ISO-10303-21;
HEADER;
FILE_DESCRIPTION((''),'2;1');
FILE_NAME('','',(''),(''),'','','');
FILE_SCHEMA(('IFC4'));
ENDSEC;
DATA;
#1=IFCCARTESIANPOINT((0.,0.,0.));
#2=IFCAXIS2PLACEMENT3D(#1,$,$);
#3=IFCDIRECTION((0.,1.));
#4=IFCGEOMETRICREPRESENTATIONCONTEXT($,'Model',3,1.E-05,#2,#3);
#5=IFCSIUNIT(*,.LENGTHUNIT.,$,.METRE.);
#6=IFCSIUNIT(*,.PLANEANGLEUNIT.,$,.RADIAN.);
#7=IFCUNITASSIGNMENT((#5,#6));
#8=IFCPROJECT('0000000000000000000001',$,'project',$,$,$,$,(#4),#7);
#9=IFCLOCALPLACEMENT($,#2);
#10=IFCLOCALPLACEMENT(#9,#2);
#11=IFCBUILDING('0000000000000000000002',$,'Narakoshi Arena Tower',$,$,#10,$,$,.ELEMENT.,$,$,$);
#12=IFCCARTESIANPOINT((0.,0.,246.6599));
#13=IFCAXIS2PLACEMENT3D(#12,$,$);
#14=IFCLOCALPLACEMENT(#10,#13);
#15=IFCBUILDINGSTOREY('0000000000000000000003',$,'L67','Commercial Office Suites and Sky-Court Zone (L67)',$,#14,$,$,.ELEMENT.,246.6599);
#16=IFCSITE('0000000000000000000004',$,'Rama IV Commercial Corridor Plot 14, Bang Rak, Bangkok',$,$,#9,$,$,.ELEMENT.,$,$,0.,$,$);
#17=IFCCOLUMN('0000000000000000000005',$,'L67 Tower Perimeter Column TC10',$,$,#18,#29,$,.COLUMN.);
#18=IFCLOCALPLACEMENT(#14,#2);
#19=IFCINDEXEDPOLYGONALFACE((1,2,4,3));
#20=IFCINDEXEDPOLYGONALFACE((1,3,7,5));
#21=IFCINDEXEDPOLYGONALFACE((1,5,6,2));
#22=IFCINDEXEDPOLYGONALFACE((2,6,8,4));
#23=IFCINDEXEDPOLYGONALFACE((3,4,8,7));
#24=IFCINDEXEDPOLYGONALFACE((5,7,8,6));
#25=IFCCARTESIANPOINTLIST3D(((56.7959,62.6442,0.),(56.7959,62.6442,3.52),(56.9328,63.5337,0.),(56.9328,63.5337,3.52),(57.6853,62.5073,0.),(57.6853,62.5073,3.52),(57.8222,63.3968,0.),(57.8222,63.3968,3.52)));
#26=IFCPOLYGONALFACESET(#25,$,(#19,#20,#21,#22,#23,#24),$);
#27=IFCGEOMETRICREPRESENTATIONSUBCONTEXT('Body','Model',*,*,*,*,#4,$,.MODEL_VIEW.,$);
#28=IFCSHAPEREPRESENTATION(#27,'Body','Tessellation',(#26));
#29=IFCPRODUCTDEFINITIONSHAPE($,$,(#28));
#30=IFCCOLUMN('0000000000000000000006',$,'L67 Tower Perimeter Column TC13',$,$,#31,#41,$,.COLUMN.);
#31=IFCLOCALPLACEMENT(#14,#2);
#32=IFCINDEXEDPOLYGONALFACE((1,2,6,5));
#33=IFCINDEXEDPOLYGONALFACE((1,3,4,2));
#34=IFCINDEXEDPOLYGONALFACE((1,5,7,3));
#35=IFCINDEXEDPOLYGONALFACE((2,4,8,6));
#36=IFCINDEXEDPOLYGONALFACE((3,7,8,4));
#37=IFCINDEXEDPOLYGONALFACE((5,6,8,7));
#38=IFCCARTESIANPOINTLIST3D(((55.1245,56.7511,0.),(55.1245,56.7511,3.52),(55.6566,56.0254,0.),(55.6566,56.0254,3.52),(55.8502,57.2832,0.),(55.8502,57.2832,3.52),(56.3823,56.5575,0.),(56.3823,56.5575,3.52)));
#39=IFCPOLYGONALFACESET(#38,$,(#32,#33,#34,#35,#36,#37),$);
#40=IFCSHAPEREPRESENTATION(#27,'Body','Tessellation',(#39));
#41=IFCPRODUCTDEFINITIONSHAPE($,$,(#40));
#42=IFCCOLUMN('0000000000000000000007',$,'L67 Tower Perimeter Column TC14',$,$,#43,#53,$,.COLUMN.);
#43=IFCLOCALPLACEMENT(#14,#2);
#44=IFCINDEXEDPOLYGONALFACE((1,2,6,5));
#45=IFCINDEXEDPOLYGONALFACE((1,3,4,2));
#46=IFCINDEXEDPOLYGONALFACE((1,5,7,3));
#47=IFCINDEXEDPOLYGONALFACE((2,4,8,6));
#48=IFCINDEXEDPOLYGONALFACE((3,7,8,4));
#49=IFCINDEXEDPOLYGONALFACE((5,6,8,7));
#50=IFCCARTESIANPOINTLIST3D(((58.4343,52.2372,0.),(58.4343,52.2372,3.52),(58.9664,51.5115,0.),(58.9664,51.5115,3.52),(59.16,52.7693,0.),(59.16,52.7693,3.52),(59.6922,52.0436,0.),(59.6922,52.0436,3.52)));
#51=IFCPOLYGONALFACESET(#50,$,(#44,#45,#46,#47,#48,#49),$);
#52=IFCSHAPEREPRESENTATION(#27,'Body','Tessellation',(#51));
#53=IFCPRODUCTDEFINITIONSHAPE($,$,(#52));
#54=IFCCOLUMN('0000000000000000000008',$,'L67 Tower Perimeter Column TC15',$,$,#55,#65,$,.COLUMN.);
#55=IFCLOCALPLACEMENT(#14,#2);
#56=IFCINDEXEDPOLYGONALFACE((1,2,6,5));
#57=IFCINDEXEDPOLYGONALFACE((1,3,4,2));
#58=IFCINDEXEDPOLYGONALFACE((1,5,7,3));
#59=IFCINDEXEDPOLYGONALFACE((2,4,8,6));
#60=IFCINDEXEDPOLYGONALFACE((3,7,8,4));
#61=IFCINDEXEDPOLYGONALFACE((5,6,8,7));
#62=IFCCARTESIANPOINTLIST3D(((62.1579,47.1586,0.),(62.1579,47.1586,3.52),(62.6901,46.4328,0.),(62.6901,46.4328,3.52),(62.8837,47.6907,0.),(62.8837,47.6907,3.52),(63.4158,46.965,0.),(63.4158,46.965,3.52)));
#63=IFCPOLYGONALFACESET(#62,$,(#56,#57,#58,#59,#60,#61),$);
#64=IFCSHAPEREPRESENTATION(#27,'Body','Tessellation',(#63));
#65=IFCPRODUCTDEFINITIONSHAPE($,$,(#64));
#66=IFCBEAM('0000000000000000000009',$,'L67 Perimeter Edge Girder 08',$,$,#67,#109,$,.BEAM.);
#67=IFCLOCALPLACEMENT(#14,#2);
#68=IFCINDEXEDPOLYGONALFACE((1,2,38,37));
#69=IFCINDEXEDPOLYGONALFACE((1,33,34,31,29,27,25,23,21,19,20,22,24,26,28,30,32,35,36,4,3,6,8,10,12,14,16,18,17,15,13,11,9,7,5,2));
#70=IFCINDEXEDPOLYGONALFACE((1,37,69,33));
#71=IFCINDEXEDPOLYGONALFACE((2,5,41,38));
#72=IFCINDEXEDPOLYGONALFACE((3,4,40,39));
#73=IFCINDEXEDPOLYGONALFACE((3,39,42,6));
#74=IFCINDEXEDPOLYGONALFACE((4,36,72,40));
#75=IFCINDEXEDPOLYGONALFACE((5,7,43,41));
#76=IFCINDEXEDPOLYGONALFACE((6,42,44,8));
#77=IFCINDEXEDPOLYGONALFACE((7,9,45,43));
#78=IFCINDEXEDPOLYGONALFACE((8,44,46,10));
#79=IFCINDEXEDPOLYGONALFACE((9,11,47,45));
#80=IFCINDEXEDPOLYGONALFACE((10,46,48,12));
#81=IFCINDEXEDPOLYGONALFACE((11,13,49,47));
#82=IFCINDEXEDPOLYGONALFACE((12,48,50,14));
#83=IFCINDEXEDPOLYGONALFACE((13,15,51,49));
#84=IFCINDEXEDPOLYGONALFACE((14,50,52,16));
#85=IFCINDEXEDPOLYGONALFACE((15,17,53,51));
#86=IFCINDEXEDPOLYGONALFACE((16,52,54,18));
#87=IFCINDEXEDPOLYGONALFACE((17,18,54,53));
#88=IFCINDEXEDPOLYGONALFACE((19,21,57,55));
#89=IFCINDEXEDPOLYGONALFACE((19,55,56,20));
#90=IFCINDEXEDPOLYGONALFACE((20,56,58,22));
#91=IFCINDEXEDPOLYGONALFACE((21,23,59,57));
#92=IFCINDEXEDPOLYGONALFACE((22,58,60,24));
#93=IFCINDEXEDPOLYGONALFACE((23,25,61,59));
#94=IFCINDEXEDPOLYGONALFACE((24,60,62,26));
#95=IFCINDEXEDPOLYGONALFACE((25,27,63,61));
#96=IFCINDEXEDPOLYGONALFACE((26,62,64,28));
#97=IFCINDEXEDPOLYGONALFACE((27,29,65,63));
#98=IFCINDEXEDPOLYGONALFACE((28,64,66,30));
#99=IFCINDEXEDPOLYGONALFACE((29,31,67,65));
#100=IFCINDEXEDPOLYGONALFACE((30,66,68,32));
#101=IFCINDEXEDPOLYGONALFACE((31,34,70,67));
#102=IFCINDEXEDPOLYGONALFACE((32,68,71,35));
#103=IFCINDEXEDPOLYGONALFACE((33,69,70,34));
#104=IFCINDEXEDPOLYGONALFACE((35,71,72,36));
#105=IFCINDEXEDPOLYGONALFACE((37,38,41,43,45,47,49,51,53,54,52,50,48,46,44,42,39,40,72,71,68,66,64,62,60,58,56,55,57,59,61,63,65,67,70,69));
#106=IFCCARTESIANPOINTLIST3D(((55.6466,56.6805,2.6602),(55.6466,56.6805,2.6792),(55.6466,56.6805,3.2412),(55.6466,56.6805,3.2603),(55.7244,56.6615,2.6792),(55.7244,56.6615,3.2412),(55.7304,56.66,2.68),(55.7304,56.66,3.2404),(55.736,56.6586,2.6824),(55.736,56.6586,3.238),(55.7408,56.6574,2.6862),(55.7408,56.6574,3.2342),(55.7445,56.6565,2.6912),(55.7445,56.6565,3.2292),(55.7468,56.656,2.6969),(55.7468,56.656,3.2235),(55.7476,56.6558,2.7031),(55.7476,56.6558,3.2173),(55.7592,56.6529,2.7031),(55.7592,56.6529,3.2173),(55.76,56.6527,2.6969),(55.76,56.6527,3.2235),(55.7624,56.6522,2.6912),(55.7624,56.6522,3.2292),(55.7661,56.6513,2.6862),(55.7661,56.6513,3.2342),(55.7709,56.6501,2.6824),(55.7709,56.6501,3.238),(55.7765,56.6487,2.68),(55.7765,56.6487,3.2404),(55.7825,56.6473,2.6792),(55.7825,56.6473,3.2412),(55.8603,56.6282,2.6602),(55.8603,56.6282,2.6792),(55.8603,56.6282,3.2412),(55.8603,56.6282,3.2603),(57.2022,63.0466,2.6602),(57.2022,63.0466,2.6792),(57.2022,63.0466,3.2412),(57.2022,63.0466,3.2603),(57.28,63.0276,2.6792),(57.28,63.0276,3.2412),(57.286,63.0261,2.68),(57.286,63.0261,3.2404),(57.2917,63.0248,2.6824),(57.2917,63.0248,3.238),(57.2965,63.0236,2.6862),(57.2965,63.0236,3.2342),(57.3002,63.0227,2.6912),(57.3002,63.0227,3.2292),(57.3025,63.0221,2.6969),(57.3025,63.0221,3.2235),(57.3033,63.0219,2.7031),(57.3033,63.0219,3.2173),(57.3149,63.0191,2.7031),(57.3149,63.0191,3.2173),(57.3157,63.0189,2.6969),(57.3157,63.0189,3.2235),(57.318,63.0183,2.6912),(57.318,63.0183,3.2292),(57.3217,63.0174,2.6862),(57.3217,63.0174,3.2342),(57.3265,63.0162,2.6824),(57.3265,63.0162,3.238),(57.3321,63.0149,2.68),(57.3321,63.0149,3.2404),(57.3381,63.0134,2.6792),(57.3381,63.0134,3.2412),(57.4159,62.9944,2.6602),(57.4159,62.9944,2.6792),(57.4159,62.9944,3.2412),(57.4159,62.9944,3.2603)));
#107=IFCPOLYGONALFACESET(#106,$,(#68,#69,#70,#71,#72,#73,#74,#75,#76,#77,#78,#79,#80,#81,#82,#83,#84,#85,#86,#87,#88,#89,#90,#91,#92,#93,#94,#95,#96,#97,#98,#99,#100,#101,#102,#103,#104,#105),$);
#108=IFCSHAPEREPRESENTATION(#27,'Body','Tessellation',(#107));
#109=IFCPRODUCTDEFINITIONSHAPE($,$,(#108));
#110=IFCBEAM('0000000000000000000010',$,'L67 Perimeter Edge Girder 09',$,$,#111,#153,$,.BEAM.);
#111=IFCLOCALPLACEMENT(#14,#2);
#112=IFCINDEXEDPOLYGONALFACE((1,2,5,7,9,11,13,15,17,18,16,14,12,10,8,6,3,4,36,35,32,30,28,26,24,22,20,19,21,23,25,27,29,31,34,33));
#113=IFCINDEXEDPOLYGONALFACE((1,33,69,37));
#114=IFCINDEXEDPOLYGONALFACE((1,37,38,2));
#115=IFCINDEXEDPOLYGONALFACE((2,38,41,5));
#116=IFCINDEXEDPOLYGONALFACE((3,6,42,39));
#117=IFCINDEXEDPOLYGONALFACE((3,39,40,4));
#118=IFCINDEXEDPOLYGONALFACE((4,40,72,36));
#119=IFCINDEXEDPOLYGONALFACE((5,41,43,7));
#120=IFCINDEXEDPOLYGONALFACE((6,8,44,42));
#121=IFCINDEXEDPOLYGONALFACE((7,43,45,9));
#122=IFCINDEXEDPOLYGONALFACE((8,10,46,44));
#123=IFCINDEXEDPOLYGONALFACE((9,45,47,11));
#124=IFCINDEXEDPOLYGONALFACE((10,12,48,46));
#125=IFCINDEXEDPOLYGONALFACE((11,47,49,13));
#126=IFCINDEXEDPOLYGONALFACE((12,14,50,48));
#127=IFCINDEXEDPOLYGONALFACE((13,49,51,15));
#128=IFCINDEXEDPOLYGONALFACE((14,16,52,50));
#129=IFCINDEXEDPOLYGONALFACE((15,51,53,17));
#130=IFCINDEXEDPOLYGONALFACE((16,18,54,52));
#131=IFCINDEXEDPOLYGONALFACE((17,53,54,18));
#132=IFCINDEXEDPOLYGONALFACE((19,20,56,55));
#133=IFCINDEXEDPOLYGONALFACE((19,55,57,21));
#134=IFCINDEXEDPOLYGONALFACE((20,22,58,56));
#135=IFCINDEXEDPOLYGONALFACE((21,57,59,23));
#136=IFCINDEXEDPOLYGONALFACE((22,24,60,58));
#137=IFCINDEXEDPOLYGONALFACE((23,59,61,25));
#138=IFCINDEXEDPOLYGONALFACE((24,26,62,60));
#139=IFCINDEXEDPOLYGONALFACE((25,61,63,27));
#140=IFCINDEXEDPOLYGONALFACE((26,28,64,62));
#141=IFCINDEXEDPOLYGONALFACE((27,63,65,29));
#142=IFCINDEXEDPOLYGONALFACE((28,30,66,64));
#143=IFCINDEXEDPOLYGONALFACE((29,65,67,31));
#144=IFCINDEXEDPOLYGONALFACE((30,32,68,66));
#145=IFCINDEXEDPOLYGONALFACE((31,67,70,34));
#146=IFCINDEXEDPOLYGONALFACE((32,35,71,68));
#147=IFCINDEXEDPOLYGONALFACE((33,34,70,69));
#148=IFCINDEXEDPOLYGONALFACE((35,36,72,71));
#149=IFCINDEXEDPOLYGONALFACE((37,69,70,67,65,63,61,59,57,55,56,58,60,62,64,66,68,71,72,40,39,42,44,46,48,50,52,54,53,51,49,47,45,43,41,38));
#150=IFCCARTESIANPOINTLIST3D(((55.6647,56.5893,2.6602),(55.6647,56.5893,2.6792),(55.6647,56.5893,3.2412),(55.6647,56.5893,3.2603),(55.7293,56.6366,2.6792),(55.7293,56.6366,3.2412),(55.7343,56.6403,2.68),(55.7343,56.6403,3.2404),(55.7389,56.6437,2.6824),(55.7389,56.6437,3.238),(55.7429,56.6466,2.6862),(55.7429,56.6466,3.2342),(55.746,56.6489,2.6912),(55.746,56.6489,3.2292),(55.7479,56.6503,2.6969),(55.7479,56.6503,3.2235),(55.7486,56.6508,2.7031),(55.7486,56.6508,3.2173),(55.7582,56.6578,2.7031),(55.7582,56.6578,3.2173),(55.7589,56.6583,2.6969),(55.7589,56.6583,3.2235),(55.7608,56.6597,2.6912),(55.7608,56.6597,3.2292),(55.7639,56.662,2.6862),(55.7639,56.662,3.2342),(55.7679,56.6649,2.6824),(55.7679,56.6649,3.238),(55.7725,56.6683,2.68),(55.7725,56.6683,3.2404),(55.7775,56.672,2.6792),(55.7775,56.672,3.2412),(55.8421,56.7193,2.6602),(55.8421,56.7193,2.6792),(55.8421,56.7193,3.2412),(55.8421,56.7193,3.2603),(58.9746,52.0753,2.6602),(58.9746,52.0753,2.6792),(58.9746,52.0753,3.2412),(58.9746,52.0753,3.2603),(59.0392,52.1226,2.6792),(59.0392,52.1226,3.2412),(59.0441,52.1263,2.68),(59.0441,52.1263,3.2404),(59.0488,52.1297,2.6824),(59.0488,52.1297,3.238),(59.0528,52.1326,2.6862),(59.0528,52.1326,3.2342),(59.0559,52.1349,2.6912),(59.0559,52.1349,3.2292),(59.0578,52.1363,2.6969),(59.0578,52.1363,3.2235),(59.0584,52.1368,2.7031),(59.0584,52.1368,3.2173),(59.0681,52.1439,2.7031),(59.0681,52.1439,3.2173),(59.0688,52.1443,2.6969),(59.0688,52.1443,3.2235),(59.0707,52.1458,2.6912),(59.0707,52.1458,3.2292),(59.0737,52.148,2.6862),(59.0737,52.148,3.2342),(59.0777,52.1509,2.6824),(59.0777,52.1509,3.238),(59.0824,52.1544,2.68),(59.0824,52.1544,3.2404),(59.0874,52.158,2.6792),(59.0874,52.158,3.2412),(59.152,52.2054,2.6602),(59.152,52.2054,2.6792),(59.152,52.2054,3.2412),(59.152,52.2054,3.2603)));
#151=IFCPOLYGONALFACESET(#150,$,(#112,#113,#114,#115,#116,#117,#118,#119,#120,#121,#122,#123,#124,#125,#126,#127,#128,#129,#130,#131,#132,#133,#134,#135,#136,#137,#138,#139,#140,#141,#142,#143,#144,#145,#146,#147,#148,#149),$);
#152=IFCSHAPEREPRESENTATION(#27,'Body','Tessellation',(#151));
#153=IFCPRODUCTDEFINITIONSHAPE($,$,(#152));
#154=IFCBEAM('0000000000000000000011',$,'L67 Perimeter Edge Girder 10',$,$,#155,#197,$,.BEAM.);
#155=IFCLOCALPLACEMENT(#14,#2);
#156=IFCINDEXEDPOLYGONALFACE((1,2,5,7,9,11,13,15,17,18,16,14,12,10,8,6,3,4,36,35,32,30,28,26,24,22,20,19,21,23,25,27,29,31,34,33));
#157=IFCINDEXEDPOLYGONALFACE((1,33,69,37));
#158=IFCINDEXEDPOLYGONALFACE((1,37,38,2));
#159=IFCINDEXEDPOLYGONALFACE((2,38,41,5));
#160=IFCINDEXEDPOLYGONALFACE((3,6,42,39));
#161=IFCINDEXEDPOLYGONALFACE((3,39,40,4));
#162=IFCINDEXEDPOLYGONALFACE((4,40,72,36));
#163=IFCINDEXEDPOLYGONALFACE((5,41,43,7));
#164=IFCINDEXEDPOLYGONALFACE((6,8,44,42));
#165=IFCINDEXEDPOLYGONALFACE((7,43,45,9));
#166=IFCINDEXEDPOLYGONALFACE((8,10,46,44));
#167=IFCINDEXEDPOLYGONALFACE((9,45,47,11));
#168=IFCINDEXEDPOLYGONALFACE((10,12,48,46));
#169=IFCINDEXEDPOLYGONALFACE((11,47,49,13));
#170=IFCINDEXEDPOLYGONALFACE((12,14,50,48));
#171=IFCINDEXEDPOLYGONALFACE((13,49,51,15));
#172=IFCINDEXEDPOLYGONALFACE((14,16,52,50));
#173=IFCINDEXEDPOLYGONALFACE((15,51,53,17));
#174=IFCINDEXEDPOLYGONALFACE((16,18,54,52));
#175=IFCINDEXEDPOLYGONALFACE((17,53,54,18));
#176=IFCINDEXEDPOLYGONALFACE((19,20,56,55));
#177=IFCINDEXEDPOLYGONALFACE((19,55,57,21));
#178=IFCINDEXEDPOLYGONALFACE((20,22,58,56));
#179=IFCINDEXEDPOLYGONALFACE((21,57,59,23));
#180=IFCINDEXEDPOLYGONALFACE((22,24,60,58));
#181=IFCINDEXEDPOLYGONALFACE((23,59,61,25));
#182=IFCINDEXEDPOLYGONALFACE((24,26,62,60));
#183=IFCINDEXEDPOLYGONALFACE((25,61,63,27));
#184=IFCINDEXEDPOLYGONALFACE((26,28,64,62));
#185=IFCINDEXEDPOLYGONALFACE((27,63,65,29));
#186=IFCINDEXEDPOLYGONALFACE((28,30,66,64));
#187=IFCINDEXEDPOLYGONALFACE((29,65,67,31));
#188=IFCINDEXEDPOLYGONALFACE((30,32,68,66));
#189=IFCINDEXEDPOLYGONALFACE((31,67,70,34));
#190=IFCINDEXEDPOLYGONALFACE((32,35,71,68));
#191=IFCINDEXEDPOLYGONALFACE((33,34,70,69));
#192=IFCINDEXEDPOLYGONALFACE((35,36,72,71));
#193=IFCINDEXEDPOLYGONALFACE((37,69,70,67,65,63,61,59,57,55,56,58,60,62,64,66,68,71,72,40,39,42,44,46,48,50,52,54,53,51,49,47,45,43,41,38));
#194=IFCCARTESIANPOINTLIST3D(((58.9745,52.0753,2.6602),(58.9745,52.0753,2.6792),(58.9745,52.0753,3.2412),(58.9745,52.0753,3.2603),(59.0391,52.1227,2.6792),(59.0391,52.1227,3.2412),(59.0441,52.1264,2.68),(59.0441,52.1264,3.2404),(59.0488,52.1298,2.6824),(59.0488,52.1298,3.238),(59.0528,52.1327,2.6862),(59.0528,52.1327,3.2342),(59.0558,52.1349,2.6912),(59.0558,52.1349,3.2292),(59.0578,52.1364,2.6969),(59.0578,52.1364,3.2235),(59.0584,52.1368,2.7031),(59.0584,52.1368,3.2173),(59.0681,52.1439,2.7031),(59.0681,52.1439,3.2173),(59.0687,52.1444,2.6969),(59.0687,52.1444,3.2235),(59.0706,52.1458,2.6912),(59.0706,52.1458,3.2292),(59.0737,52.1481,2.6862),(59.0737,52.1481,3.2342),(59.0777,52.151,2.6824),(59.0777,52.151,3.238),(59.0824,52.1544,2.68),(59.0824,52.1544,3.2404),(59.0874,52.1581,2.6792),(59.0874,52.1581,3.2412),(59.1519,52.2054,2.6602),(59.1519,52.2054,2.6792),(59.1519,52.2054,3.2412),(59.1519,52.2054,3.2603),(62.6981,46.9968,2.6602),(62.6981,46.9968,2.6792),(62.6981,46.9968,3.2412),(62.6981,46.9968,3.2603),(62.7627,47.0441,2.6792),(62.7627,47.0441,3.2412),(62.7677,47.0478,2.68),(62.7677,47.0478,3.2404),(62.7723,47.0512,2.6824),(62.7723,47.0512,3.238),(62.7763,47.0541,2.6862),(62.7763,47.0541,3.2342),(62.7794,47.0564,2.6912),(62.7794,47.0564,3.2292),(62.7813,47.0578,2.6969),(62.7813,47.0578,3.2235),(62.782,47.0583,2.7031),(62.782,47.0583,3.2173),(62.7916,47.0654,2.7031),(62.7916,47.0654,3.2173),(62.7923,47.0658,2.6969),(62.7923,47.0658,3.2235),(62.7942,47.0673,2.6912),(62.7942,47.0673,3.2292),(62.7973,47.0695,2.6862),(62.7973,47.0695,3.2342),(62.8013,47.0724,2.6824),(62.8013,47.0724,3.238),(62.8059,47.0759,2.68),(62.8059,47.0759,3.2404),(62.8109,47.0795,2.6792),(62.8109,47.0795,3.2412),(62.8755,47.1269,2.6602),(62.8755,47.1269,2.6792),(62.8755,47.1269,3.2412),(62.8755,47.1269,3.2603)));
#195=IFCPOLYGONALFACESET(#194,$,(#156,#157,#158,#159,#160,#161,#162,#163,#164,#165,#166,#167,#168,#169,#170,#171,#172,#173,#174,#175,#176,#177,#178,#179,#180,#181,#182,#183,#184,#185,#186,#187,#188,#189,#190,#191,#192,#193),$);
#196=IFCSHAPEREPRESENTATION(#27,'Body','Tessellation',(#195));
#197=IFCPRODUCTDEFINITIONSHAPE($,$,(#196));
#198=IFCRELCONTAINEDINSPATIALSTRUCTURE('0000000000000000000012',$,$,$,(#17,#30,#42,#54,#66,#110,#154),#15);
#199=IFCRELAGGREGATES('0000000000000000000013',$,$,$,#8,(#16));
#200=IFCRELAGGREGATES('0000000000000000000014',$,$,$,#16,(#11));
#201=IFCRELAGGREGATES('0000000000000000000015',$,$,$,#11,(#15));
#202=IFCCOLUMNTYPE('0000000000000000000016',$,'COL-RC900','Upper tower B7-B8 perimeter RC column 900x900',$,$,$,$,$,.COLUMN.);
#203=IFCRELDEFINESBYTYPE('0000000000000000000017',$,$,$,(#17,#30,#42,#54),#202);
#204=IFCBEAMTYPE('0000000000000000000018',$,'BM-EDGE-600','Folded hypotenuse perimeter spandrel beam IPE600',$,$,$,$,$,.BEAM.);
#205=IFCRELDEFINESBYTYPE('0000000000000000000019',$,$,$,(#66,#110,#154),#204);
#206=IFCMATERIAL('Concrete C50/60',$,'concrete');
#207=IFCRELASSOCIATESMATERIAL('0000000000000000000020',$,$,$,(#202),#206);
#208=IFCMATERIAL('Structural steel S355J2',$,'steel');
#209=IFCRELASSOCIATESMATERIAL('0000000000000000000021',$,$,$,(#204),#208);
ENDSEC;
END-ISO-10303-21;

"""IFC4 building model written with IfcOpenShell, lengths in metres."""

from ifc_helpers import new_model, si_unit, direction, frame, origin, origin_2d, place, context, subcontext, project, spatial, rectangle, i_section, extrude, material, material_profile, profile_set, type_object, element, save


model = new_model("IFC4")

# Units and contexts
model_context = context("Model", 3, precision=1e-05, world=origin(), true_north=direction((0.0, 1.0)))
body_context = subcontext(model_context, "Body", "Model", "MODEL_VIEW")
ifc_project = project(units=[si_unit("LENGTHUNIT", "METRE"), si_unit("PLANEANGLEUNIT", "RADIAN")], contexts=[model_context])

# Site, building, storey
site_placement = place(None, origin())
site = spatial("IfcSite", under=ifc_project, at=site_placement, Name="Rama IV Commercial Corridor Plot 14, Bang Rak, Bangkok", CompositionType="ELEMENT", RefElevation=0.0)
building_placement = place(site_placement, origin())
building = spatial("IfcBuilding", under=site, at=building_placement, Name="Narakoshi Arena Tower", CompositionType="ELEMENT")
storey_placement = place(building_placement, frame((0.0, 0.0, 246.6599)))
storey = spatial("IfcBuildingStorey", under=building, at=storey_placement, Name="L67", Description="Commercial Office Suites and Sky-Court Zone (L67)", CompositionType="ELEMENT", Elevation=246.6599)

# Columns
ifc_material_1 = material(Name="Concrete C50/60", Category="concrete")
ifc_material_profile_1 = material_profile(ifc_material_1, rectangle(XDim=0.8999, YDim=0.8999, at=origin_2d()), Name="RC900x900")
ifc_profile_set_1 = profile_set([ifc_material_profile_1], Name="Concrete C50/60")
column_type = type_object("IfcColumnType", Name="COL-RC900", Description="Upper tower B7-B8 perimeter RC column 900x900", PredefinedType="COLUMN", material=ifc_profile_set_1)
for number, where, z_axis, x_axis, name in (
    (1, (57.3091, 63.0205, 0.0), (0.0, 0.0, 1.0), (0.152123, 0.988362, 0.0), "L67 Tower Perimeter Column TC10"),
    (2, (55.7534, 56.6543, 0.0), (0.0, 0.0, 1.0), (-0.59131, 0.806445, 0.0), "L67 Tower Perimeter Column TC13"),
    (3, (59.0632, 52.1404, 0.0), (0.0, 0.0, 1.0), (-0.59131, 0.806445, 0.0), "L67 Tower Perimeter Column TC14"),
    (4, (62.7869, 47.0618, 0.0), (0.0, 0.0, 1.0), (-0.59131, 0.806445, 0.0), "L67 Tower Perimeter Column TC15"),
):
    element("IfcColumn", number, at=place(storey_placement, frame(where, z_axis=z_axis, x_axis=x_axis)), inside=storey, type_object=column_type, Name=name, PredefinedType="COLUMN", context=body_context, shape_type="SweptSolid", body=[
        extrude(rectangle(XDim=0.8999, YDim=0.8999, at=origin_2d()), origin(), (0.0, 0.0, 1.0), 3.52),
    ])

# Beams
ifc_material_2 = material(Name="Structural steel S355J2", Category="steel")
ifc_material_profile_2 = material_profile(ifc_material_2, i_section(OverallWidth=0.22, OverallDepth=0.6001, WebThickness=0.012, FlangeThickness=0.019, FilletRadius=0.0239, at=origin_2d()), Name="IPE600")
ifc_profile_set_2 = profile_set([ifc_material_profile_2], Name="Structural steel S355J2")
beam_type_1 = type_object("IfcBeamType", Name="BM-EDGE-600", Description="Folded hypotenuse perimeter spandrel beam IPE600", PredefinedType="BEAM", material=ifc_profile_set_2)
beam_1_placement = place(storey_placement, frame((57.3091, 63.0205, 2.9602), z_axis=(-0.237378, -0.971417, 0.0), x_axis=(0.971417, -0.237378, 0.0)))
element("IfcBeam", 5, at=beam_1_placement, inside=storey, type_object=beam_type_1, Name="L67 Perimeter Edge Girder 08", PredefinedType="BEAM", context=body_context, shape_type="SweptSolid", body=[
    extrude(i_section(OverallWidth=0.22, OverallDepth=0.6001, WebThickness=0.012, FlangeThickness=0.019, FilletRadius=0.0239, at=origin_2d()), origin(), (0.0, 0.0, 1.0), 6.5535),
])
beam_2_placement = place(storey_placement, frame((55.7534, 56.6543, 2.9602), z_axis=(0.591318, -0.806438, 0.0), x_axis=(0.806438, 0.591318, 0.0)))
element("IfcBeam", 6, at=beam_2_placement, inside=storey, type_object=beam_type_1, Name="L67 Perimeter Edge Girder 09", PredefinedType="BEAM", context=body_context, shape_type="SweptSolid", body=[
    extrude(i_section(OverallWidth=0.22, OverallDepth=0.6001, WebThickness=0.012, FlangeThickness=0.019, FilletRadius=0.0239, at=origin_2d()), origin(), (0.0, 0.0, 1.0), 5.5974),
])
for number, where, z_axis, x_axis, name in (
    (7, (59.0632, 52.1404, 2.9602), (0.591293, -0.806457, 0.0), (0.806457, 0.591293, 0.0), "L67 Perimeter Edge Girder 10"),
):
    element("IfcBeam", number, at=place(storey_placement, frame(where, z_axis=z_axis, x_axis=x_axis)), inside=storey, type_object=beam_type_1, Name=name, PredefinedType="BEAM", context=body_context, shape_type="SweptSolid", body=[
        extrude(i_section(OverallWidth=0.22, OverallDepth=0.6001, WebThickness=0.012, FlangeThickness=0.019, FilletRadius=0.0239, at=origin_2d()), origin(), (0.0, 0.0, 1.0), 6.2974),
    ])

save(model, "model.ifc")
